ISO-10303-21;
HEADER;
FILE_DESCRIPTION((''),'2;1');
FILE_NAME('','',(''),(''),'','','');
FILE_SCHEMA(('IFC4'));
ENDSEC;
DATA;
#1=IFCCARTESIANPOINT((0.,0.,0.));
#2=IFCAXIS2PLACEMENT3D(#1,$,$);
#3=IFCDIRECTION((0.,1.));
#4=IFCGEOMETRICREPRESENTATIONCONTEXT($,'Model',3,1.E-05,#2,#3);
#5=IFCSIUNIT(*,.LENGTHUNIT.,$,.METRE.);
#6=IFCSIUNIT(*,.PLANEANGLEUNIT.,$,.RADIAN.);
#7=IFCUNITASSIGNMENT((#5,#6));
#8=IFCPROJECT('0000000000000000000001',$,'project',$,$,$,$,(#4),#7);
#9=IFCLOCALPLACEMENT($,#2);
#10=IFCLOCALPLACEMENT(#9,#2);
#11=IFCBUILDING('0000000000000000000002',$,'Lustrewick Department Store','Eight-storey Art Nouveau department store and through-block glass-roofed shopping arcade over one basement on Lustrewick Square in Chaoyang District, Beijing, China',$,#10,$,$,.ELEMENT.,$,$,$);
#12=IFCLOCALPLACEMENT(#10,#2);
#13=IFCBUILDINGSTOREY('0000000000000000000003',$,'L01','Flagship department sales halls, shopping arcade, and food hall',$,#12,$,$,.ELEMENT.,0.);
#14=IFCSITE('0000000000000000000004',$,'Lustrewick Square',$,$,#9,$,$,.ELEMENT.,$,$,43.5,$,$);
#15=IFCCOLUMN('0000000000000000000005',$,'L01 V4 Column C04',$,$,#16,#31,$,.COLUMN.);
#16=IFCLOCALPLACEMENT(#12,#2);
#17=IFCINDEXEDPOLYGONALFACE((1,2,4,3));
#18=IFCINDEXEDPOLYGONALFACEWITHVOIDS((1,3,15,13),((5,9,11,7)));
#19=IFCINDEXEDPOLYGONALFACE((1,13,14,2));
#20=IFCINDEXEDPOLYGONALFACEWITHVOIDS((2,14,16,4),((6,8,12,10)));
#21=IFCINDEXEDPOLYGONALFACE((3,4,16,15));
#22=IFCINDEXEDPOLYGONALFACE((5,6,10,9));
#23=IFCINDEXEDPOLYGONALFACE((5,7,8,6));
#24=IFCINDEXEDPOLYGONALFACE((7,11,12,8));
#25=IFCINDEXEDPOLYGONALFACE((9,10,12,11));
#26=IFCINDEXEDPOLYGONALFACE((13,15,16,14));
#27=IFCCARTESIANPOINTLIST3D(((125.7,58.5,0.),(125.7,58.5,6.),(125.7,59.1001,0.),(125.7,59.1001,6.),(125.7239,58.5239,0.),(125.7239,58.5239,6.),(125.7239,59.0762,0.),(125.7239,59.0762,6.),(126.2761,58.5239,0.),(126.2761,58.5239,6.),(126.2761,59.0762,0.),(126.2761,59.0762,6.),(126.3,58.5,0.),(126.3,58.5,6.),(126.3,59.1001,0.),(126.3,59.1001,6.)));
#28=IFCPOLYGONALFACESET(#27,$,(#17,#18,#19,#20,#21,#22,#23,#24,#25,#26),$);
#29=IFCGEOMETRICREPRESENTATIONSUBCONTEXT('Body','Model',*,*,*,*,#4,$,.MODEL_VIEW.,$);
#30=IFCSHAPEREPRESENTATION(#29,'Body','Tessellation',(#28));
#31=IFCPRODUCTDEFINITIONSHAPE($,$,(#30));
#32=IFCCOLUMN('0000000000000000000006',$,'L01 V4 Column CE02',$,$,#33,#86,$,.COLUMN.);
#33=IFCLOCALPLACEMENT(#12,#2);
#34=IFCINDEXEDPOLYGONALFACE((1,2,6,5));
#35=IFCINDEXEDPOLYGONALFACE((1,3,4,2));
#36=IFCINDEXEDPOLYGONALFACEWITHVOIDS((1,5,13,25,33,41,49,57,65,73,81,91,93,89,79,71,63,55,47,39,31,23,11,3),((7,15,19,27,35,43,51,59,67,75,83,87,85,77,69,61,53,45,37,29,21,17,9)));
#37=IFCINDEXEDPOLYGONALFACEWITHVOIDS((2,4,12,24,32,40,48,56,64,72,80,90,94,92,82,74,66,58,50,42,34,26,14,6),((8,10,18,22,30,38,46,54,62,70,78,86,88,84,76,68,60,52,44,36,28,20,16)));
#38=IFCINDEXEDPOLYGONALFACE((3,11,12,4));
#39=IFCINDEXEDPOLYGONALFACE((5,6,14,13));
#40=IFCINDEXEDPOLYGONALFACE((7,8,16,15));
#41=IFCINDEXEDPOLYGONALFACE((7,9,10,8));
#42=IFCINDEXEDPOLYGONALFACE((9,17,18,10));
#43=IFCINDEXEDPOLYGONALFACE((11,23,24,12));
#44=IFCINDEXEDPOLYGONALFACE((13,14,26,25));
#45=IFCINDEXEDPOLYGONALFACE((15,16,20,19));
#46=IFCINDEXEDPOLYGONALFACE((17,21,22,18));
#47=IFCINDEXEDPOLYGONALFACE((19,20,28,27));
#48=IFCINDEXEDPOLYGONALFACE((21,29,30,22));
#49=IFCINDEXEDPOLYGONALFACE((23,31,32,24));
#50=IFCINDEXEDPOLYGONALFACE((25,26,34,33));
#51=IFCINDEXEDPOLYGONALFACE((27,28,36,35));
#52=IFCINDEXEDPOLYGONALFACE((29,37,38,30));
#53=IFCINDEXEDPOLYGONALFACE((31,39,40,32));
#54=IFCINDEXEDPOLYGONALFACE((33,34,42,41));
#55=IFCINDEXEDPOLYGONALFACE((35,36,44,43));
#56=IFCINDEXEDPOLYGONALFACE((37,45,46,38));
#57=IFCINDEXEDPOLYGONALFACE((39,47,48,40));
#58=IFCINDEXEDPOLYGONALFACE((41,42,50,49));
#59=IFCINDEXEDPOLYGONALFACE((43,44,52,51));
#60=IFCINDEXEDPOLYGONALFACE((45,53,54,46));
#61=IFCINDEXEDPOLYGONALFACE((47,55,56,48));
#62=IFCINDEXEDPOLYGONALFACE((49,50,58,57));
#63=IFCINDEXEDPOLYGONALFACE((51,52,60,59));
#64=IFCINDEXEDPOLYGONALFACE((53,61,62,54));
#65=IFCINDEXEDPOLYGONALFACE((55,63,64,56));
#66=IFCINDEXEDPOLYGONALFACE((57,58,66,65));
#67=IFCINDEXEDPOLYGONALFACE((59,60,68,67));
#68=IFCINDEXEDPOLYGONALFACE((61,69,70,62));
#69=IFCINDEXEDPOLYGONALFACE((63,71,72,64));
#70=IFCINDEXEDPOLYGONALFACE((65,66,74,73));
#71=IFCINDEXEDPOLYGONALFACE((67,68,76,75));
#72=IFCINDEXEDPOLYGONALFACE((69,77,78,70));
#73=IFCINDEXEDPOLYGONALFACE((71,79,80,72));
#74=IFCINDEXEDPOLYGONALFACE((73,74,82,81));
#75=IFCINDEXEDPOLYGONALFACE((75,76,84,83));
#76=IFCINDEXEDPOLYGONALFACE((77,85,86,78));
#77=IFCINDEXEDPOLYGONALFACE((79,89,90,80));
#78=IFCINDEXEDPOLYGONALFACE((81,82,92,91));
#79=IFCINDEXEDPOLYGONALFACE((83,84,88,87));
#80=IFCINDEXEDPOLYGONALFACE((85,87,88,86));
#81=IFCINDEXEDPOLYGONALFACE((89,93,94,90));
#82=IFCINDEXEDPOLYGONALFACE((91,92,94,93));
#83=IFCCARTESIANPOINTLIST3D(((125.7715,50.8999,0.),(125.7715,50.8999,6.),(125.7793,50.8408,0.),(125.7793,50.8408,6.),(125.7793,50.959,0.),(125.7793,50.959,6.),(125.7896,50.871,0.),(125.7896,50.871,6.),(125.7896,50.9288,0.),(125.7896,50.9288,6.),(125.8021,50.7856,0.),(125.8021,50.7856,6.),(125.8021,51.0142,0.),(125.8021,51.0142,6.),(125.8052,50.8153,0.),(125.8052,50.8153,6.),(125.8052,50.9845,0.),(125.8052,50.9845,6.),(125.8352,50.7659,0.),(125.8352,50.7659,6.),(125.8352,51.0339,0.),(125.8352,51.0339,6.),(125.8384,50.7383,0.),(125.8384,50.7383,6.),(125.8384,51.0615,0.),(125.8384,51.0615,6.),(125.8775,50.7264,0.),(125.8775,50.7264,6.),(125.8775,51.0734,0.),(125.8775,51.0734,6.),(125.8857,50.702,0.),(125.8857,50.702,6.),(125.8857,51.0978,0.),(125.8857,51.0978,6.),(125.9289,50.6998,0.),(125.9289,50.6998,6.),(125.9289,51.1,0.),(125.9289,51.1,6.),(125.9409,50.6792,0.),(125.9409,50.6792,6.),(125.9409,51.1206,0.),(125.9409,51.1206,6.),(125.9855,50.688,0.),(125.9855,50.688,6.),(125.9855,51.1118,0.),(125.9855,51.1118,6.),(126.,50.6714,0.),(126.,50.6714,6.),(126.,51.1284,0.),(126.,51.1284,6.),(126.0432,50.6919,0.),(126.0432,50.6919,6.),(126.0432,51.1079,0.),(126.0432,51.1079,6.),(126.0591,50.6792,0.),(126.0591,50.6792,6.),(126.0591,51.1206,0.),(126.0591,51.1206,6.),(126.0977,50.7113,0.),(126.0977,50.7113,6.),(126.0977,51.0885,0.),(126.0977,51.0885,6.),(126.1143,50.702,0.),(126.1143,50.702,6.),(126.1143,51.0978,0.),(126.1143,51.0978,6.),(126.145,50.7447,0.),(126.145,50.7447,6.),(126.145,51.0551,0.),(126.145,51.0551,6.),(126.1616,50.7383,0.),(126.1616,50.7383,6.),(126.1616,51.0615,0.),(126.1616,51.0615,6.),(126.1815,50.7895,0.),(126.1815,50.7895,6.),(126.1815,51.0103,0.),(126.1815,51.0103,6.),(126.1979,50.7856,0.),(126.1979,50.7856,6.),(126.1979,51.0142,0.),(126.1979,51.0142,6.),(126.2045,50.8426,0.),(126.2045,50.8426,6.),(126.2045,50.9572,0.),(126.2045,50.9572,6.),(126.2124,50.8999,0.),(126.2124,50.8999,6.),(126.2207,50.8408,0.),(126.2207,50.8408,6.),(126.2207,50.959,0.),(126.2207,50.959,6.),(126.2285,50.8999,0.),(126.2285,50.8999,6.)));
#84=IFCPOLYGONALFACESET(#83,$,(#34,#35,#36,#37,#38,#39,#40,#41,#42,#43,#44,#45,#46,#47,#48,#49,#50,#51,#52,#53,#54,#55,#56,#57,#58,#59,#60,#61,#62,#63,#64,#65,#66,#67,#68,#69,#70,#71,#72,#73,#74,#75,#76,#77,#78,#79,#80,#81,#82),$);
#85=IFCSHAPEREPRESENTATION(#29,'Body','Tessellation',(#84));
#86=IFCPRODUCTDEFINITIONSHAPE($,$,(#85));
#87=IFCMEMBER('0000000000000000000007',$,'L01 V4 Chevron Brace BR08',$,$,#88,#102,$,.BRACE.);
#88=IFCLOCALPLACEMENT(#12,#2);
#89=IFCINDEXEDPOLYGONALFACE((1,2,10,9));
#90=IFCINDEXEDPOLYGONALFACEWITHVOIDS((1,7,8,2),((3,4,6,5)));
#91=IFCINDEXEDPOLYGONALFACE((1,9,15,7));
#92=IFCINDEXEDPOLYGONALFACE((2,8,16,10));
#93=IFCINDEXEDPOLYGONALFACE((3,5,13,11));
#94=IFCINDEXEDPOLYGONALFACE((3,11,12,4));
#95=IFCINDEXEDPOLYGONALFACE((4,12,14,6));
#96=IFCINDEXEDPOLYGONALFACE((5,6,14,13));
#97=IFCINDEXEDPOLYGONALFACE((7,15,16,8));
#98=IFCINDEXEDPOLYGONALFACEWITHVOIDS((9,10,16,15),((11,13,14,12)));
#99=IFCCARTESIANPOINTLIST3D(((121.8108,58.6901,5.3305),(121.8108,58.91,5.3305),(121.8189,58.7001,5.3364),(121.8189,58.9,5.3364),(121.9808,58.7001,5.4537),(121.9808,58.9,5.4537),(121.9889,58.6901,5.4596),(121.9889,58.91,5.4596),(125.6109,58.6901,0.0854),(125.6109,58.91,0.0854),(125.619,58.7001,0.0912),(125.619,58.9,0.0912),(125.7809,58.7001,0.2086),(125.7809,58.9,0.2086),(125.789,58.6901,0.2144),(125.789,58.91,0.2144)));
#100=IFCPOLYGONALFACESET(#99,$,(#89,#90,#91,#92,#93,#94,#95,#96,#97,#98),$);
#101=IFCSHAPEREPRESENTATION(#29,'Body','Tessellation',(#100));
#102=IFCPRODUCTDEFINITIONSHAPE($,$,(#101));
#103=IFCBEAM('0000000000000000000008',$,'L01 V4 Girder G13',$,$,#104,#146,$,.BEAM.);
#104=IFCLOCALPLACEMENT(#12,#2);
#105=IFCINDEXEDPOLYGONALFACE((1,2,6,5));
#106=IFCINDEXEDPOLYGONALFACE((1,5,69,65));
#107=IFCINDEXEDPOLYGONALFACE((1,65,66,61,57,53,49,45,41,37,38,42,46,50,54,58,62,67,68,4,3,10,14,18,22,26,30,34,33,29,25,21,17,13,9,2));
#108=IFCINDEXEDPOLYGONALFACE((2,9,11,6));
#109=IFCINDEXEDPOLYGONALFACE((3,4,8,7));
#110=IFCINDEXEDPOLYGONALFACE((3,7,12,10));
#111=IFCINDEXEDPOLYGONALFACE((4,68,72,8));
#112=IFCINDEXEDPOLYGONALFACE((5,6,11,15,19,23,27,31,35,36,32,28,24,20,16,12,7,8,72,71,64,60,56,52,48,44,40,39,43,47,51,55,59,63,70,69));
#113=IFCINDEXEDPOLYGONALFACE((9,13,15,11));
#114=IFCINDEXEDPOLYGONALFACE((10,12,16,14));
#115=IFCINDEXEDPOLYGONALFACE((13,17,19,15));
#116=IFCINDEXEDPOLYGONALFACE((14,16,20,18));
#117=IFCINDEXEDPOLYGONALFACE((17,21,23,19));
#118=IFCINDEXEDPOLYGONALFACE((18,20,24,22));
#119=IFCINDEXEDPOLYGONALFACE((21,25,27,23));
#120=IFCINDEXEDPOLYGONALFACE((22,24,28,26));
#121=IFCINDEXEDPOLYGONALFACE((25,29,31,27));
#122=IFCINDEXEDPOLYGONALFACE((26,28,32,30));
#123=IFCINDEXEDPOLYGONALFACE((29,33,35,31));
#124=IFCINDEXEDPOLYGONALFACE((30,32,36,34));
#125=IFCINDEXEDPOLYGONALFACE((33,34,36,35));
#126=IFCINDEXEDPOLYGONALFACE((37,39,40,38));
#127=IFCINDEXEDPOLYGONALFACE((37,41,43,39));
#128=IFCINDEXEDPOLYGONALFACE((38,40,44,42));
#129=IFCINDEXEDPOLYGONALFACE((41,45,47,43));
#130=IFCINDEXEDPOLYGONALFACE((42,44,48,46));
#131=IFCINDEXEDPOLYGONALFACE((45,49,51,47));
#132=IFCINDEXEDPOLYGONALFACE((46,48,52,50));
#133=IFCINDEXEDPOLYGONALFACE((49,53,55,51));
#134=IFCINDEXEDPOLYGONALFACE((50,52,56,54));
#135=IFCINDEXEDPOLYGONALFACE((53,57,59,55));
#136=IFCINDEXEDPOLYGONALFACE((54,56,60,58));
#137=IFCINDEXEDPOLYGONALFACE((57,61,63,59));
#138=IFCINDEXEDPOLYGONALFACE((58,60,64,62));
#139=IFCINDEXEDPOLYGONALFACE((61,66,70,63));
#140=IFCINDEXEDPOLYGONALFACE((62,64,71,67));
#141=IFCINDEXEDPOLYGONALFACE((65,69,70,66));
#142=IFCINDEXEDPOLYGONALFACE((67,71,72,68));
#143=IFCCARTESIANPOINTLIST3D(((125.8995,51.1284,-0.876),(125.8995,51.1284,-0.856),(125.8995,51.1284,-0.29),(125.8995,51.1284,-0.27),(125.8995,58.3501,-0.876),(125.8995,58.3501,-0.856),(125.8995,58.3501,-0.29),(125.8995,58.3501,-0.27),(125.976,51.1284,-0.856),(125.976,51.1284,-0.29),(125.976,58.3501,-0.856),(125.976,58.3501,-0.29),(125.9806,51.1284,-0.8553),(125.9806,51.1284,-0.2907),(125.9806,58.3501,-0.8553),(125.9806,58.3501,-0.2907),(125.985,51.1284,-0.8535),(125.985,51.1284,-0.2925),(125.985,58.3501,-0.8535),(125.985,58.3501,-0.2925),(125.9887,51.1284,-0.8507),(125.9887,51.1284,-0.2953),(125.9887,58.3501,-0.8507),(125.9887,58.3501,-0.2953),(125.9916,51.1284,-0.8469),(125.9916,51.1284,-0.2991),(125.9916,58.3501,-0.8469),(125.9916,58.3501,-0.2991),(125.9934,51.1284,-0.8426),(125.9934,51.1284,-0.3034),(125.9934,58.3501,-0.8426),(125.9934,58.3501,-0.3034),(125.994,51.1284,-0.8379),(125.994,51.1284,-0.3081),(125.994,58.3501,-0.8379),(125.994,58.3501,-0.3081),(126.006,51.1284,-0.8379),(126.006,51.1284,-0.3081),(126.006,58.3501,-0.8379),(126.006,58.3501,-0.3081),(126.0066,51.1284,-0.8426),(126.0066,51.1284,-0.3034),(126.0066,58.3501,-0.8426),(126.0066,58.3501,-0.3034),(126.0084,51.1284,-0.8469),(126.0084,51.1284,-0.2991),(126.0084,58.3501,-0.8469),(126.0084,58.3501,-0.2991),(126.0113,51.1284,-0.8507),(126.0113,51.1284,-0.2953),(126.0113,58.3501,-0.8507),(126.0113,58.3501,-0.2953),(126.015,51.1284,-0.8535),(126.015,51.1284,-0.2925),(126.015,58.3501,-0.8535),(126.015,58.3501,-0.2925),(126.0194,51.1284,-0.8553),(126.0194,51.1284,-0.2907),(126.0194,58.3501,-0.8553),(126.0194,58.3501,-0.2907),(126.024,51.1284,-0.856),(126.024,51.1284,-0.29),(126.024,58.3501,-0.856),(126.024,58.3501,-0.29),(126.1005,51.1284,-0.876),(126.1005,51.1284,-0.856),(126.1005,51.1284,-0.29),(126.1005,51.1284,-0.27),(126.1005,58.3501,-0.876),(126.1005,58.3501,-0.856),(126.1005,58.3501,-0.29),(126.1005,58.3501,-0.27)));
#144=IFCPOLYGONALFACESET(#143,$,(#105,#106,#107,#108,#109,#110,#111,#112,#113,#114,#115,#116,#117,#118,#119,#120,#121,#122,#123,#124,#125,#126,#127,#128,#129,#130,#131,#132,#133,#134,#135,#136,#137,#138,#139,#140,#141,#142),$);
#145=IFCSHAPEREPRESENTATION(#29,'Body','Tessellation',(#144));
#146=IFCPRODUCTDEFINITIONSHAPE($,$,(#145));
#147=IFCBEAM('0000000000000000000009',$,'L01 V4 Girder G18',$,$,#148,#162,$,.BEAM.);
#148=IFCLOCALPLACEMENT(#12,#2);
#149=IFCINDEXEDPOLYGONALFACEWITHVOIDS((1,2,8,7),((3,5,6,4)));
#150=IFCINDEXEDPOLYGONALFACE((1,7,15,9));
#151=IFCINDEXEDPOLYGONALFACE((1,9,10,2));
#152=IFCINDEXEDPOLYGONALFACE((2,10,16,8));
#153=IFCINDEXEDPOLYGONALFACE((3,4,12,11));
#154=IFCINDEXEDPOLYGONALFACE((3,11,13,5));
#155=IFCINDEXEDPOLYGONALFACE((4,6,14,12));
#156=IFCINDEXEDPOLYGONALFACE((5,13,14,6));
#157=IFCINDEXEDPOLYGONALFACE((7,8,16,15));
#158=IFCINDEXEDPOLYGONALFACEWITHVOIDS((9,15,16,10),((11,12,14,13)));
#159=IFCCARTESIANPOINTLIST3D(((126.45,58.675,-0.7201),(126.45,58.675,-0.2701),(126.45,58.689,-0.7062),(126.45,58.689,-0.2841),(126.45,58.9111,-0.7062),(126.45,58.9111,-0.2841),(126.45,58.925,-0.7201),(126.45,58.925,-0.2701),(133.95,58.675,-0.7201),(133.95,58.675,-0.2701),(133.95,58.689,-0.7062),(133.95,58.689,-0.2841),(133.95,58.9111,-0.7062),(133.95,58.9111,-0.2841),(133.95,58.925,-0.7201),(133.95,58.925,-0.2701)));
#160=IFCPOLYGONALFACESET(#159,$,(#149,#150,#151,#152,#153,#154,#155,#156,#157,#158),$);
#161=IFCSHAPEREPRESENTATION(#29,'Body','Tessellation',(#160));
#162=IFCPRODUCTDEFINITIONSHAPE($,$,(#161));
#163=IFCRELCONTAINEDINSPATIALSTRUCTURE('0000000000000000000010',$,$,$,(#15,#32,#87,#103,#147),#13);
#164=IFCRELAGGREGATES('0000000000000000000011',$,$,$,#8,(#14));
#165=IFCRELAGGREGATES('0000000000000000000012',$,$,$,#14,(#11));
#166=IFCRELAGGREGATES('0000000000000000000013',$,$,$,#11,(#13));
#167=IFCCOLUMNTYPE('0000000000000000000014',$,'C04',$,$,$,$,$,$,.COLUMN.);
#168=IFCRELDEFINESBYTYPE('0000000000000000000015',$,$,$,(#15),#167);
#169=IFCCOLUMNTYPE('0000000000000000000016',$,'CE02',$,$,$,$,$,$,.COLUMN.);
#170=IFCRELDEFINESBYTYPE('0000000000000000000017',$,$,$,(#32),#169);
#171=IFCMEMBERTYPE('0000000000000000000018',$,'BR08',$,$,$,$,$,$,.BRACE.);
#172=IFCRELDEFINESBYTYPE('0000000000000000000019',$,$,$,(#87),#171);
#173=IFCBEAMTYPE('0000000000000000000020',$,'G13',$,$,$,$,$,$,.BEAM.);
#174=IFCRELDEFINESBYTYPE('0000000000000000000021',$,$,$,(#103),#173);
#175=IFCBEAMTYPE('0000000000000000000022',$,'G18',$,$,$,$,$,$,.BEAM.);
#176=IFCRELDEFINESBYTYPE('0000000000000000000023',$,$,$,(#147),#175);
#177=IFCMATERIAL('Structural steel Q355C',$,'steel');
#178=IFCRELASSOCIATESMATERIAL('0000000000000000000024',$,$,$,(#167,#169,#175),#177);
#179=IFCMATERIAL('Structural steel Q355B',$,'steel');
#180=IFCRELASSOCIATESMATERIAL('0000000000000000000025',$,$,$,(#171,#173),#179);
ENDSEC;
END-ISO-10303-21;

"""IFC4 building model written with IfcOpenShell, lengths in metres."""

from ifc_helpers import new_model, si_unit, direction, frame, origin, origin_2d, place, context, subcontext, project, spatial, hollow_rectangle, hollow_circle, i_section, extrude, material, material_profile, profile_set, type_object, element, save


model = new_model("IFC4")

# Units and contexts
model_context = context("Model", 3, precision=1e-05, world=origin(), true_north=direction((0.0, 1.0)))
body_context = subcontext(model_context, "Body", "Model", "MODEL_VIEW")
ifc_project = project(units=[si_unit("LENGTHUNIT", "METRE"), si_unit("PLANEANGLEUNIT", "RADIAN")], contexts=[model_context])

# Site, building, storey
site_placement = place(None, origin())
site = spatial("IfcSite", under=ifc_project, at=site_placement, Name="Lustrewick Square", CompositionType="ELEMENT", RefElevation=43.5)
building_placement = place(site_placement, origin())
building = spatial("IfcBuilding", under=site, at=building_placement, Name="Lustrewick Department Store", Description="Eight-storey Art Nouveau department store and through-block glass-roofed shopping arcade over one basement on Lustrewick Square in Chaoyang District, Beijing, China", CompositionType="ELEMENT")
storey_placement = place(building_placement, origin())
storey = spatial("IfcBuildingStorey", under=building, at=storey_placement, Name="L01", Description="Flagship department sales halls, shopping arcade, and food hall", CompositionType="ELEMENT", Elevation=0.0)

# Columns
ifc_material_1 = material(Name="Structural steel Q355C", Category="steel")
ifc_material_profile_1 = material_profile(ifc_material_1, hollow_rectangle(XDim=0.6001, YDim=0.6001, WallThickness=0.0239, at=origin_2d()), Name="BOX 600x600x24")
ifc_profile_set_1 = profile_set([ifc_material_profile_1], Name="Structural steel Q355C")
column_type_1 = type_object("IfcColumnType", Name="C04", PredefinedType="COLUMN", material=ifc_profile_set_1)
column_1_placement = place(storey_placement, frame((126.0, 58.8, 0.0), z_axis=(0.0, 0.0, 1.0), x_axis=(1.0, 0.0, 0.0)))
element("IfcColumn", 1, at=column_1_placement, inside=storey, type_object=column_type_1, Name="L01 V4 Column C04", PredefinedType="COLUMN", context=body_context, shape_type="SweptSolid", body=[
    extrude(hollow_rectangle(XDim=0.6001, YDim=0.6001, WallThickness=0.0239, at=origin_2d()), origin(), (0.0, 0.0, 1.0), 6.0),
])
ifc_material_profile_2 = material_profile(ifc_material_1, hollow_circle(Radius=0.2285, WallThickness=0.0161, at=origin_2d()), Name="CHS 457x16")
ifc_profile_set_2 = profile_set([ifc_material_profile_2], Name="Structural steel Q355C")
column_type_2 = type_object("IfcColumnType", Name="CE02", PredefinedType="COLUMN", material=ifc_profile_set_2)
column_2_placement = place(storey_placement, frame((126.0, 50.8999, 0.0), z_axis=(0.0, 0.0, 1.0), x_axis=(1.0, 0.0, 0.0)))
element("IfcColumn", 2, at=column_2_placement, inside=storey, type_object=column_type_2, Name="L01 V4 Column CE02", PredefinedType="COLUMN", context=body_context, shape_type="SweptSolid", body=[
    extrude(hollow_circle(Radius=0.2285, WallThickness=0.0161, at=origin_2d()), origin(), (0.0, 0.0, 1.0), 6.0),
])

# Member
ifc_material_2 = material(Name="Structural steel Q355B", Category="steel")
ifc_material_profile_3 = material_profile(ifc_material_2, hollow_rectangle(XDim=0.22, YDim=0.22, WallThickness=0.01, at=origin_2d()), Name="SHS 220x220x10")
ifc_profile_set_3 = profile_set([ifc_material_profile_3], Name="Structural steel Q355B")
member_type = type_object("IfcMemberType", Name="BR08", PredefinedType="BRACE", material=ifc_profile_set_3)
member_placement = place(storey_placement, frame((125.7, 58.8, 0.1499), z_axis=(-0.586698, 0.0, 0.809806), x_axis=(0.0, -1.0, 0.0)))
element("IfcMember", 3, at=member_placement, inside=storey, type_object=member_type, Name="L01 V4 Chevron Brace BR08", PredefinedType="BRACE", context=body_context, shape_type="SweptSolid", body=[
    extrude(hollow_rectangle(XDim=0.22, YDim=0.22, WallThickness=0.01, at=origin_2d()), origin(), (0.0, 0.0, 1.0), 6.4771),
])

# Beams
ifc_material_profile_4 = material_profile(ifc_material_2, i_section(OverallWidth=0.2009, OverallDepth=0.606, WebThickness=0.012, FlangeThickness=0.02, FilletRadius=0.0181, at=origin_2d()), Name="HN 606x201x12x20")
ifc_profile_set_4 = profile_set([ifc_material_profile_4], Name="Structural steel Q355B")
beam_type_1 = type_object("IfcBeamType", Name="G13", PredefinedType="BEAM", material=ifc_profile_set_4)
beam_1_placement = place(storey_placement, frame((126.0, 51.1284, -0.573), z_axis=(0.0, 1.0, 0.0), x_axis=(-1.0, 0.0, 0.0)))
element("IfcBeam", 4, at=beam_1_placement, inside=storey, type_object=beam_type_1, Name="L01 V4 Girder G13", PredefinedType="BEAM", context=body_context, shape_type="SweptSolid", body=[
    extrude(i_section(OverallWidth=0.2009, OverallDepth=0.606, WebThickness=0.012, FlangeThickness=0.02, FilletRadius=0.0181, at=origin_2d()), origin(), (0.0, 0.0, 1.0), 7.2217),
])
ifc_material_profile_5 = material_profile(ifc_material_1, hollow_rectangle(XDim=0.25, YDim=0.45, WallThickness=0.0139, at=origin_2d()), Name="RHS 450x250x14")
ifc_profile_set_5 = profile_set([ifc_material_profile_5], Name="Structural steel Q355C")
beam_type_2 = type_object("IfcBeamType", Name="G18", PredefinedType="BEAM", material=ifc_profile_set_5)
beam_2_placement = place(storey_placement, frame((126.45, 58.8, -0.4951), z_axis=(1.0, 0.0, 0.0), x_axis=(0.0, 1.0, 0.0)))
element("IfcBeam", 5, at=beam_2_placement, inside=storey, type_object=beam_type_2, Name="L01 V4 Girder G18", PredefinedType="BEAM", context=body_context, shape_type="SweptSolid", body=[
    extrude(hollow_rectangle(XDim=0.25, YDim=0.45, WallThickness=0.0139, at=origin_2d()), origin(), (0.0, 0.0, 1.0), 7.5),
])

save(model, "model.ifc")
